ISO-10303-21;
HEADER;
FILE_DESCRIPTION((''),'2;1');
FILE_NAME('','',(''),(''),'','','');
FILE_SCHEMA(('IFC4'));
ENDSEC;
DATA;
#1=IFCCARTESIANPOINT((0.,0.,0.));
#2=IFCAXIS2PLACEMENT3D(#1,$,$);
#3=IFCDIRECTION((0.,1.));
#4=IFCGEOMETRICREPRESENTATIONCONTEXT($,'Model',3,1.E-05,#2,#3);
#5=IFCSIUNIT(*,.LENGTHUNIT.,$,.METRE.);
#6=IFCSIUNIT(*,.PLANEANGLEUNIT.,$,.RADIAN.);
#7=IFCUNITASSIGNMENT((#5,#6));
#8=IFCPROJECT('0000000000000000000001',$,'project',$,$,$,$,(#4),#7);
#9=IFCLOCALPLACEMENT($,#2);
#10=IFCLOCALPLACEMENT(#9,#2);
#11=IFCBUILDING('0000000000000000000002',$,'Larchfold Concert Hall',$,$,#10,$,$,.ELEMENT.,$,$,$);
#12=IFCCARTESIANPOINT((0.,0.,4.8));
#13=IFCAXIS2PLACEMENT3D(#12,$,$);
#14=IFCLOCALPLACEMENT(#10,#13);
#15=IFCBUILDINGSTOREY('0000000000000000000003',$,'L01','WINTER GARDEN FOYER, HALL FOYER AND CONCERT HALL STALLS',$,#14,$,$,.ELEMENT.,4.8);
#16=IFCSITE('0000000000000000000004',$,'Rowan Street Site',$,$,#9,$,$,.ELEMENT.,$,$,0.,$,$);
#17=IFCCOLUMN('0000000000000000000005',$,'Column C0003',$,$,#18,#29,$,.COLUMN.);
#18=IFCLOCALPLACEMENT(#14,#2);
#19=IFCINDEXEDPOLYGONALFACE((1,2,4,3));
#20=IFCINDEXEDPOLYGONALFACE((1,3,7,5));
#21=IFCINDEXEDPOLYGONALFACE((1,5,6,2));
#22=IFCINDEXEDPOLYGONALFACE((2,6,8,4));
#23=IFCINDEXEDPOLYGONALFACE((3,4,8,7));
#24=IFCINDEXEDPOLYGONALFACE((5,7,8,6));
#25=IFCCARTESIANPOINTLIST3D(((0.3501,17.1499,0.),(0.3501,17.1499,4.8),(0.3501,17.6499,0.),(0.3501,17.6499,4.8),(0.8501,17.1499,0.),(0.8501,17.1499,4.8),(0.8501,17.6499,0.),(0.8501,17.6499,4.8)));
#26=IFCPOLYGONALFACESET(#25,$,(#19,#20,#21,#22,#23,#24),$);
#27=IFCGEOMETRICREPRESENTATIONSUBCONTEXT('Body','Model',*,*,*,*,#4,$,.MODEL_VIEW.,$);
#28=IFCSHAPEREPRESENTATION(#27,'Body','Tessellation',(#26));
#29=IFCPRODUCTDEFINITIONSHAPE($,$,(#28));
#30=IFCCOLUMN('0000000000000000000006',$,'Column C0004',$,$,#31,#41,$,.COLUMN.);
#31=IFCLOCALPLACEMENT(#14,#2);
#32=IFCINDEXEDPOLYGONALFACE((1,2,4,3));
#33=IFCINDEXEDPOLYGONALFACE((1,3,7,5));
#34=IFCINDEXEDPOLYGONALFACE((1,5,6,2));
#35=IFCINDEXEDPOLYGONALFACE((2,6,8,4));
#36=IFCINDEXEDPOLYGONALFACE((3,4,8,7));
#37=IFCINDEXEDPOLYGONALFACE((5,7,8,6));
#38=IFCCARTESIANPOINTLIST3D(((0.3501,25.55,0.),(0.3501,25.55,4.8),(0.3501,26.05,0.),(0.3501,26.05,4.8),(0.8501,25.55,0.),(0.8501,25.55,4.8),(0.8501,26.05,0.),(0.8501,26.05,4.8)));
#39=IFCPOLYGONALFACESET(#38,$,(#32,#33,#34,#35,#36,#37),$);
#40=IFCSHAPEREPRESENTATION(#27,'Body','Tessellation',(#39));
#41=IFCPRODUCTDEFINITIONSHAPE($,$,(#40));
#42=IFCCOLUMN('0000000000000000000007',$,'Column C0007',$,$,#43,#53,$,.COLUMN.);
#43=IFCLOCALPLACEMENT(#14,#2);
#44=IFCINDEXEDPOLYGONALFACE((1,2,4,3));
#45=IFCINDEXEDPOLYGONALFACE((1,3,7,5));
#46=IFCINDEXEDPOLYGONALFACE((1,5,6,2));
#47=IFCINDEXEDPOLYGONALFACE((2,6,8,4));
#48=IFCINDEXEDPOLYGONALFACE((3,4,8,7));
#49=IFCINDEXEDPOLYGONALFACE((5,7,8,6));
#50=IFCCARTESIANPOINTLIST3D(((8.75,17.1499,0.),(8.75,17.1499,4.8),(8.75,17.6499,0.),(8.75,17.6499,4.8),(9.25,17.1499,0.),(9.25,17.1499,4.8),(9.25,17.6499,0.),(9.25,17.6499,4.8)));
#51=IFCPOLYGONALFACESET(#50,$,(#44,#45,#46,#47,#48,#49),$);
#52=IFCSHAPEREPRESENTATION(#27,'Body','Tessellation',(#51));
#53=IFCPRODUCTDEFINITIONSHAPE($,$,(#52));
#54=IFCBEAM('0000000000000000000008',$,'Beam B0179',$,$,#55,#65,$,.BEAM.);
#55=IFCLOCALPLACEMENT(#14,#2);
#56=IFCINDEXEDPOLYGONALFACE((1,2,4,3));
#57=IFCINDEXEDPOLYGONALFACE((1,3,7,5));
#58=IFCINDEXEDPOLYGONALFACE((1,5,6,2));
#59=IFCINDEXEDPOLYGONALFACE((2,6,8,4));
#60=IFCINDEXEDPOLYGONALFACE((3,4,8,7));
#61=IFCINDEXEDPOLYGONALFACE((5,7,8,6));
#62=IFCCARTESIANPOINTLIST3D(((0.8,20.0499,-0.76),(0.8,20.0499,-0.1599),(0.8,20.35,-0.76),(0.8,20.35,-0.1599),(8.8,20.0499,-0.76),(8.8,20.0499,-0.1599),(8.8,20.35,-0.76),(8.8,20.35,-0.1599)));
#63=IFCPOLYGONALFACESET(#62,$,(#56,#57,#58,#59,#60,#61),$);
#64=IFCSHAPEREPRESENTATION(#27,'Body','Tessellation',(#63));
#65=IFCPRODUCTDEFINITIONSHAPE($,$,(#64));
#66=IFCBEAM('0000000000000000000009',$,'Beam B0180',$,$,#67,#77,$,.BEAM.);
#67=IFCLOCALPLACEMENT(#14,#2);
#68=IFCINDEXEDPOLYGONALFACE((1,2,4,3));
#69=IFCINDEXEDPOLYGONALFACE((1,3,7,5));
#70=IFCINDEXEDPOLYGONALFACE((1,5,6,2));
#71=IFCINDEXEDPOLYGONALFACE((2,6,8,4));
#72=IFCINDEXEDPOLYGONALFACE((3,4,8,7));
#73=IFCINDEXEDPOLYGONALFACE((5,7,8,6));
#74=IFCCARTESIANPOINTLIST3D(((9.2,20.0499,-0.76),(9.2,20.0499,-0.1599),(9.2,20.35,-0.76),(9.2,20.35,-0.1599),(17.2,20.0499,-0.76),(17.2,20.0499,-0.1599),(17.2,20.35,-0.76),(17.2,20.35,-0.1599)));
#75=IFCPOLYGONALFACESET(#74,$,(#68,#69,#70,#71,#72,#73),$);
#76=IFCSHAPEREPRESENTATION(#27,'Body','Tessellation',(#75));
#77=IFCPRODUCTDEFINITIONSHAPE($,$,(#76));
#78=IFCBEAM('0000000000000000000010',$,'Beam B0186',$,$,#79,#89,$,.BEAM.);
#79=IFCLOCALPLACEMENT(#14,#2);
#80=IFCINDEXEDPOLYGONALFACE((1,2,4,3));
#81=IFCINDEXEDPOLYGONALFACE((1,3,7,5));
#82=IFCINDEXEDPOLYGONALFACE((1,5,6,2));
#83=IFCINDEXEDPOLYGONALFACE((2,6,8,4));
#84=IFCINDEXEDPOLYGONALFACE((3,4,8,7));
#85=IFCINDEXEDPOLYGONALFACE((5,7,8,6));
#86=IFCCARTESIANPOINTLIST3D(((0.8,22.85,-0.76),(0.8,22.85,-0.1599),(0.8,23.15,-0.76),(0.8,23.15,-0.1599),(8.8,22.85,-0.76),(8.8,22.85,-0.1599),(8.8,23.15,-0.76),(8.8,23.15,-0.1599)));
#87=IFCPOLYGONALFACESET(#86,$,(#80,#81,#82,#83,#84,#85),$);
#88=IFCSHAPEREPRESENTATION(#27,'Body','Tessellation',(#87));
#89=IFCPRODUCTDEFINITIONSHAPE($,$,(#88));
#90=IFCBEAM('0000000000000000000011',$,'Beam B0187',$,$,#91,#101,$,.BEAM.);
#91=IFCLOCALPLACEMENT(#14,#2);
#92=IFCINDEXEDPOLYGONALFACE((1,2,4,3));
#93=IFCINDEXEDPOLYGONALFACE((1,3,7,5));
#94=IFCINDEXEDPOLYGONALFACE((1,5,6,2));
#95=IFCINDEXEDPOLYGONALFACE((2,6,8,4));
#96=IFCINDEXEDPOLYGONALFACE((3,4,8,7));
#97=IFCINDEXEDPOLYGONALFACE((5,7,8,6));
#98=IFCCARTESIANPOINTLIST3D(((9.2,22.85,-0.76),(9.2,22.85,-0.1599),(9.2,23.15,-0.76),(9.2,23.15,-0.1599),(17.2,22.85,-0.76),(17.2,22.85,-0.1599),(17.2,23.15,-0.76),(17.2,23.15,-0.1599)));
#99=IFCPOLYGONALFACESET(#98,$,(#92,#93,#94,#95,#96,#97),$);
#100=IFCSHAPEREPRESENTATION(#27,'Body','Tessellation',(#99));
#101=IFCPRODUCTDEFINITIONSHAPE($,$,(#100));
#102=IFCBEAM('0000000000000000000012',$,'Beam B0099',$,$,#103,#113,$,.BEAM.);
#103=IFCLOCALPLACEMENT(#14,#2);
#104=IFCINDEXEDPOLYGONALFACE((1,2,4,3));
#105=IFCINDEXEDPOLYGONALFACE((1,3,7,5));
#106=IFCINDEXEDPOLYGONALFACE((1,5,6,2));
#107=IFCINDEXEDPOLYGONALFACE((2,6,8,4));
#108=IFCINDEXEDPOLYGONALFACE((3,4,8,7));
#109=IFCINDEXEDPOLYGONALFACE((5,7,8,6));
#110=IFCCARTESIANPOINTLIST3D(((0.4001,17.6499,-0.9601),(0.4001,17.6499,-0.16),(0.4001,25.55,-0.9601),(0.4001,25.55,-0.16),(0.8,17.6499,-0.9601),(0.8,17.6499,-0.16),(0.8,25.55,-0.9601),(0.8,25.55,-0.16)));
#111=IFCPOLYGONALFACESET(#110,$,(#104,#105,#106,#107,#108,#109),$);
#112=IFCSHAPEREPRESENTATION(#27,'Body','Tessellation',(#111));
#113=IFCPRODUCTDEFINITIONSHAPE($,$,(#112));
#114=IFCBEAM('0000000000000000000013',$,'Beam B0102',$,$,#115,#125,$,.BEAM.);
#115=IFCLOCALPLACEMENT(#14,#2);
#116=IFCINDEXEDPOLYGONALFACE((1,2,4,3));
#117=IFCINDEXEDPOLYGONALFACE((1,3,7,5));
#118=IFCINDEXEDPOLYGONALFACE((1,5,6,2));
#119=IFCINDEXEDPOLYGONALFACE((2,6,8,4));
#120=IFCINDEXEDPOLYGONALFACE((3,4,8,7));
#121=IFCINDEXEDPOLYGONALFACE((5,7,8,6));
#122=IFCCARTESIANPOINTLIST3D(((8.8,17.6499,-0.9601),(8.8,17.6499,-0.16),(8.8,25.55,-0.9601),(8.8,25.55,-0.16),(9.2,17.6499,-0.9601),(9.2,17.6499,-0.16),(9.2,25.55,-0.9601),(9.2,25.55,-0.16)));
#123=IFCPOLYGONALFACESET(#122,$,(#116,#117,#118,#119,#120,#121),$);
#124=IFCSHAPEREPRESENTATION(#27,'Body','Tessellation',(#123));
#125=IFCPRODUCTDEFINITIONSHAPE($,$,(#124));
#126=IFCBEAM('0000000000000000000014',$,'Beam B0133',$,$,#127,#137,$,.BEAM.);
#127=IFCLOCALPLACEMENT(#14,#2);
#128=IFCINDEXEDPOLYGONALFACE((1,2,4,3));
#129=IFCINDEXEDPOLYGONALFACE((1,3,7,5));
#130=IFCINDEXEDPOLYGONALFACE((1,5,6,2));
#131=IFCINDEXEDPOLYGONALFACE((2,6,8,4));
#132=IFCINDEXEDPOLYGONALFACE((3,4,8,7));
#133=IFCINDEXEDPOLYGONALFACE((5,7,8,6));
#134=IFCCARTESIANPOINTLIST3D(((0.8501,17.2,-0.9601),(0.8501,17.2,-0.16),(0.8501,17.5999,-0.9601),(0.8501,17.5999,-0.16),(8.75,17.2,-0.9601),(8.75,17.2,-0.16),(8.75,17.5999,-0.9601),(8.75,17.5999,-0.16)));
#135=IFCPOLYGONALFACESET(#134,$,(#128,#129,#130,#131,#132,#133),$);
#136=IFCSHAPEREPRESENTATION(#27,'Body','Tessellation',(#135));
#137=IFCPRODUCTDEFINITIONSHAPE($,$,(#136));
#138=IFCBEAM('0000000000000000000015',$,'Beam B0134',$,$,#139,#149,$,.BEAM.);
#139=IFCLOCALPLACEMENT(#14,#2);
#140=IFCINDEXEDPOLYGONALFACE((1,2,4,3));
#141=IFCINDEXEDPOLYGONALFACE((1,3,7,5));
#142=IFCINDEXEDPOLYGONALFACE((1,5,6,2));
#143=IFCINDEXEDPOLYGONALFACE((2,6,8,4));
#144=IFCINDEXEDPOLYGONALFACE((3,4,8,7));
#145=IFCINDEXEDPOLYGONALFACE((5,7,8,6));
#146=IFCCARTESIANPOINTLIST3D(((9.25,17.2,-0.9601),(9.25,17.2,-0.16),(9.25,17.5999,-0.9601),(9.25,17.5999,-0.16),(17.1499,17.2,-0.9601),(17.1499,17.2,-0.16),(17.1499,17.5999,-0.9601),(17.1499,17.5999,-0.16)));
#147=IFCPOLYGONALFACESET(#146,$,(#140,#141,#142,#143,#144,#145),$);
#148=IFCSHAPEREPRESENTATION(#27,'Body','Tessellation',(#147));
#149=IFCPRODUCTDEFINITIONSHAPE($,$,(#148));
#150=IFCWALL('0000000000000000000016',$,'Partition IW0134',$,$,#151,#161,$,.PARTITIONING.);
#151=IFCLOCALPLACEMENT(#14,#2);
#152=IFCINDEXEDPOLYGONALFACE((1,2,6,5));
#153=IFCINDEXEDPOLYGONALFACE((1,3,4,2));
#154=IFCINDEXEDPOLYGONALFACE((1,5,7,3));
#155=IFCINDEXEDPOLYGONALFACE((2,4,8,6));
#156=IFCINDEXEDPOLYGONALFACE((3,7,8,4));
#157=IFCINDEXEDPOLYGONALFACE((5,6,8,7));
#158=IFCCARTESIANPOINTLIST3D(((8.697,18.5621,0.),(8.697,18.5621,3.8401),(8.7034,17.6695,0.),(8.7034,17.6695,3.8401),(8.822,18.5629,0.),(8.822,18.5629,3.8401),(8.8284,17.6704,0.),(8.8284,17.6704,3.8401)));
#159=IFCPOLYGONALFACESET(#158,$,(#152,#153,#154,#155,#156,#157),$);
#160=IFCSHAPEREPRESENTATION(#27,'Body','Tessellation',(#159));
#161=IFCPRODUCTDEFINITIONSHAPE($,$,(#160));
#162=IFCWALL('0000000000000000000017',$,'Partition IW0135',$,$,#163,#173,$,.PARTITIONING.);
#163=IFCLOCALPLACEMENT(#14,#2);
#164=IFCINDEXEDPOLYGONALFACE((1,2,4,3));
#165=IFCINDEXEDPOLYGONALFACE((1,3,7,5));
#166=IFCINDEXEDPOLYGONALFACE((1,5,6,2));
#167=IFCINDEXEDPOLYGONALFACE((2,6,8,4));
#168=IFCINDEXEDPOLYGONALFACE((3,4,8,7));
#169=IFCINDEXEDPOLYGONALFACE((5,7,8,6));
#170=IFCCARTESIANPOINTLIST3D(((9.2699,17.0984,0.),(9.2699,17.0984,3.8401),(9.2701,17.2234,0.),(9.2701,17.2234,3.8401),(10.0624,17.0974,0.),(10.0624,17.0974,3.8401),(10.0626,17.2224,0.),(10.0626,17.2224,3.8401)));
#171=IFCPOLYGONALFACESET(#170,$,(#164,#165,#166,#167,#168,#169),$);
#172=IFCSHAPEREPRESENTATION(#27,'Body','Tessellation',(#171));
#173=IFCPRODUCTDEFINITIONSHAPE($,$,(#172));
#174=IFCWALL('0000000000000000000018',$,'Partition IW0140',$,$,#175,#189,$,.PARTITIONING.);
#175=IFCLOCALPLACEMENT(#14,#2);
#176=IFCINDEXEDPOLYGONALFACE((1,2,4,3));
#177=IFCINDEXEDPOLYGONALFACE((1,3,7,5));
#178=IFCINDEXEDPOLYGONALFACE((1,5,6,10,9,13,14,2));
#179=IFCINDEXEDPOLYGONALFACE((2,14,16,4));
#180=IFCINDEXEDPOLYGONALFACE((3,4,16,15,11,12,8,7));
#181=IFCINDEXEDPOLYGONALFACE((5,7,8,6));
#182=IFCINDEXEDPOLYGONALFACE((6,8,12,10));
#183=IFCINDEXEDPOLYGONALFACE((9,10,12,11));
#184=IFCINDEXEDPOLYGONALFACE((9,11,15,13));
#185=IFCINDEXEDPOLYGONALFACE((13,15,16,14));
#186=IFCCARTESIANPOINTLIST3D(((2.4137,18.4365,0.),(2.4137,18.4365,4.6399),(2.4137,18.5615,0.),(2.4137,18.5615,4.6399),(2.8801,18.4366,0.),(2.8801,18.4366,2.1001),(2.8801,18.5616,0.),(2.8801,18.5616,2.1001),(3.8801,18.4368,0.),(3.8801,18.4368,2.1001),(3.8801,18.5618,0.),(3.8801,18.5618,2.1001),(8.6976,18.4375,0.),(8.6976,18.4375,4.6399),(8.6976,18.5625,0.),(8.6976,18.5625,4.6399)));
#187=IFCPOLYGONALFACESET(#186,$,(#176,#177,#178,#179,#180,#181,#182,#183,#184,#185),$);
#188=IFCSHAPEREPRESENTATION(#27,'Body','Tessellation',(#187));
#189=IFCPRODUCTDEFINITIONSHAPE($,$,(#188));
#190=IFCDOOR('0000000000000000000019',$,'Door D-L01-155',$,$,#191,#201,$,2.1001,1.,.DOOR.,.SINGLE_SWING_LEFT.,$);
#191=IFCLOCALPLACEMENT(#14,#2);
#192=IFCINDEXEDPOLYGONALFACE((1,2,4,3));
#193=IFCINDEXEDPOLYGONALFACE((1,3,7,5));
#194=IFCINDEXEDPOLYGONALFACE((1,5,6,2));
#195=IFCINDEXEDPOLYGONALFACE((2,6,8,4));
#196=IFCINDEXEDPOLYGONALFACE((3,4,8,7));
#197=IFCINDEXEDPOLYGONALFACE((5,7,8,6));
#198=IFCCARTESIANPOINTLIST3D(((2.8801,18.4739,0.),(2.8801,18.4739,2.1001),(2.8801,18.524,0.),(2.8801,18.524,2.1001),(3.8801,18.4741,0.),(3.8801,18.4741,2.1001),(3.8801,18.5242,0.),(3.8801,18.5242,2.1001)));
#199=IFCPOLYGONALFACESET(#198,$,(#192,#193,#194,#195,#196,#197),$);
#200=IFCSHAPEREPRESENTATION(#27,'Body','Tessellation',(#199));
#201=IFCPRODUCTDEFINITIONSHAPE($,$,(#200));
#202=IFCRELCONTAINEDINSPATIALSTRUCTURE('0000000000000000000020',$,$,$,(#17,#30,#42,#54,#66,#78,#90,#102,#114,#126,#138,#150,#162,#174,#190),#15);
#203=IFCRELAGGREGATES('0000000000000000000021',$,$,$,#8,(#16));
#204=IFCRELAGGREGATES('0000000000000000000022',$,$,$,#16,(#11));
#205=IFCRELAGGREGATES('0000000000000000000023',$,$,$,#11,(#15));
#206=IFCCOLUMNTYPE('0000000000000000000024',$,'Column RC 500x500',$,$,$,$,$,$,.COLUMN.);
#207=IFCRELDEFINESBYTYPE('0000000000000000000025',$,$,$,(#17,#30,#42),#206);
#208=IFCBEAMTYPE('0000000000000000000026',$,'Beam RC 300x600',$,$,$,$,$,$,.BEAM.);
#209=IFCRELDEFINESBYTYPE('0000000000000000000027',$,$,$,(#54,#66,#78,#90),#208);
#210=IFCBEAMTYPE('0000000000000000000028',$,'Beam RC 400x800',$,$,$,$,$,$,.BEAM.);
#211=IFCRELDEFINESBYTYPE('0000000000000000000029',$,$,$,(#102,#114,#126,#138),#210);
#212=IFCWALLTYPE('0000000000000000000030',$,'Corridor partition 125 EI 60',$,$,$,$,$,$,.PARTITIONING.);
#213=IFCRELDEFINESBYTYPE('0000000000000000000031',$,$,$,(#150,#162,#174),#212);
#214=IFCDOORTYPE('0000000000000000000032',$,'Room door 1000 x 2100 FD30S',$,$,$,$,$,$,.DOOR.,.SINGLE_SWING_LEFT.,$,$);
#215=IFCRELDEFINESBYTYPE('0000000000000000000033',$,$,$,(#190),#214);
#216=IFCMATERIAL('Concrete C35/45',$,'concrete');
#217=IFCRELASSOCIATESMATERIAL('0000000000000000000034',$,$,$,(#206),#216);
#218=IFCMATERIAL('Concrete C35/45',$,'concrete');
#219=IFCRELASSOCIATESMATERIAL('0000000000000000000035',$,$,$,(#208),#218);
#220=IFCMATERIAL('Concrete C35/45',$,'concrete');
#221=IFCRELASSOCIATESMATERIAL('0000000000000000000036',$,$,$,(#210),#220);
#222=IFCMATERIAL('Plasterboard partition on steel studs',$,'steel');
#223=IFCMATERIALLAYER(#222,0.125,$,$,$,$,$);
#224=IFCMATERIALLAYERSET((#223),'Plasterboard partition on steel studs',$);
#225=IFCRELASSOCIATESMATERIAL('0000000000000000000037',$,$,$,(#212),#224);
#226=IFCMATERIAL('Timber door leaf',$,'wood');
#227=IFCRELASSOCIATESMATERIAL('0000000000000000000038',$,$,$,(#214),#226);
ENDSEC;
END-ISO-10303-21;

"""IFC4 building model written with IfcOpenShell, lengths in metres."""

from ifc_helpers import new_model, si_unit, direction, frame, frame_2d, origin, origin_2d, place, context, subcontext, project, spatial, rectangle, extrude, material, layer, layer_set, material_profile, profile_set, type_object, element, fill, save


model = new_model("IFC4")

# Units and contexts
model_context = context("Model", 3, precision=1e-05, world=origin(), true_north=direction((0.0, 1.0)))
body_context = subcontext(model_context, "Body", "Model", "MODEL_VIEW")
ifc_project = project(units=[si_unit("LENGTHUNIT", "METRE"), si_unit("PLANEANGLEUNIT", "RADIAN")], contexts=[model_context])

# Site, building, storey
site_placement = place(None, origin())
site = spatial("IfcSite", under=ifc_project, at=site_placement, Name="Rowan Street Site", CompositionType="ELEMENT", RefElevation=0.0)
building_placement = place(site_placement, origin())
building = spatial("IfcBuilding", under=site, at=building_placement, Name="Larchfold Concert Hall", CompositionType="ELEMENT")
storey_placement = place(building_placement, frame((0.0, 0.0, 4.8)))
storey = spatial("IfcBuildingStorey", under=building, at=storey_placement, Name="L01", Description="WINTER GARDEN FOYER, HALL FOYER AND CONCERT HALL STALLS", CompositionType="ELEMENT", Elevation=4.8)

# Columns
ifc_material_1 = material(Name="Concrete C35/45", Category="concrete")
ifc_material_profile_1 = material_profile(ifc_material_1, rectangle(XDim=0.5, YDim=0.5, at=origin_2d()))
ifc_profile_set_1 = profile_set([ifc_material_profile_1], Name="Concrete C35/45")
column_type = type_object("IfcColumnType", Name="Column RC 500x500", PredefinedType="COLUMN", material=ifc_profile_set_1)
for number, where, z_axis, x_axis, name in (
    (1, (0.6001, 17.3999, 0.0), (0.0, 0.0, 1.0), (1.0, 0.0, 0.0), "Column C0003"),
    (2, (0.6001, 25.8, 0.0), (0.0, 0.0, 1.0), (1.0, 0.0, 0.0), "Column C0004"),
    (3, (9.0, 17.3999, 0.0), (0.0, 0.0, 1.0), (1.0, 0.0, 0.0), "Column C0007"),
):
    element("IfcColumn", number, at=place(storey_placement, frame(where, z_axis=z_axis, x_axis=x_axis)), inside=storey, type_object=column_type, Name=name, PredefinedType="COLUMN", context=body_context, shape_type="SweptSolid", body=[
        extrude(rectangle(XDim=0.5, YDim=0.5, at=origin_2d()), origin(), (0.0, 0.0, 1.0), 4.8),
    ])

# Beams
ifc_material_2 = material(Name="Concrete C35/45", Category="concrete")
ifc_material_profile_2 = material_profile(ifc_material_2, rectangle(XDim=0.3, YDim=0.6001, at=origin_2d()))
ifc_profile_set_2 = profile_set([ifc_material_profile_2], Name="Concrete C35/45")
beam_type_1 = type_object("IfcBeamType", Name="Beam RC 300x600", PredefinedType="BEAM", material=ifc_profile_set_2)
for number, where, z_axis, x_axis, name in (
    (4, (0.8, 20.2, -0.46), (1.0, 0.0, 0.0), (0.0, 1.0, 0.0), "Beam B0179"),
    (5, (9.2, 20.2, -0.46), (1.0, 0.0, 0.0), (0.0, 1.0, 0.0), "Beam B0180"),
    (6, (0.8, 23.0, -0.46), (1.0, 0.0, 0.0), (0.0, 1.0, 0.0), "Beam B0186"),
    (7, (9.2, 23.0, -0.46), (1.0, 0.0, 0.0), (0.0, 1.0, 0.0), "Beam B0187"),
):
    element("IfcBeam", number, at=place(storey_placement, frame(where, z_axis=z_axis, x_axis=x_axis)), inside=storey, type_object=beam_type_1, Name=name, PredefinedType="BEAM", context=body_context, shape_type="SweptSolid", body=[
        extrude(rectangle(XDim=0.3, YDim=0.6001, at=origin_2d()), origin(), (0.0, 0.0, 1.0), 8.0),
    ])
ifc_material_3 = material(Name="Concrete C35/45", Category="concrete")
ifc_material_profile_3 = material_profile(ifc_material_3, rectangle(XDim=0.3999, YDim=0.8, at=origin_2d()))
ifc_profile_set_3 = profile_set([ifc_material_profile_3], Name="Concrete C35/45")
beam_type_2 = type_object("IfcBeamType", Name="Beam RC 400x800", PredefinedType="BEAM", material=ifc_profile_set_3)
for number, where, z_axis, x_axis, name in (
    (8, (0.6001, 17.6499, -0.5601), (0.0, 1.0, 0.0), (-1.0, 0.0, 0.0), "Beam B0099"),
    (9, (9.0, 17.6499, -0.5601), (0.0, 1.0, 0.0), (-1.0, 0.0, 0.0), "Beam B0102"),
):
    element("IfcBeam", number, at=place(storey_placement, frame(where, z_axis=z_axis, x_axis=x_axis)), inside=storey, type_object=beam_type_2, Name=name, PredefinedType="BEAM", context=body_context, shape_type="SweptSolid", body=[
        extrude(rectangle(XDim=0.3999, YDim=0.8, at=origin_2d()), origin(), (0.0, 0.0, 1.0), 7.9001),
    ])
for number, where, z_axis, x_axis, name in (
    (10, (0.8501, 17.3999, -0.5601), (1.0, 0.0, 0.0), (0.0, 1.0, 0.0), "Beam B0133"),
    (11, (9.25, 17.3999, -0.5601), (1.0, 0.0, 0.0), (0.0, 1.0, 0.0), "Beam B0134"),
):
    element("IfcBeam", number, at=place(storey_placement, frame(where, z_axis=z_axis, x_axis=x_axis)), inside=storey, type_object=beam_type_2, Name=name, PredefinedType="BEAM", context=body_context, shape_type="SweptSolid", body=[
        extrude(rectangle(XDim=0.3999, YDim=0.8, at=origin_2d()), origin(), (0.0, 0.0, 1.0), 7.8999),
    ])

# Walls
ifc_material_4 = material(Name="Plasterboard partition on steel studs", Category="steel")
ifc_layer_1 = layer(ifc_material_4, 0.125)
ifc_layer_set_1 = layer_set([ifc_layer_1], Name="Plasterboard partition on steel studs")
wall_type_1 = type_object("IfcWallType", Name="Corridor partition 125 EI 60", PredefinedType="PARTITIONING", material=ifc_layer_set_1)
wall_1_placement = place(storey_placement, frame((8.7595, 18.5625, 0.0), z_axis=(0.0, 0.0, 1.0), x_axis=(0.007111, -0.999975, 0.0)))
element("IfcWall", 12, at=wall_1_placement, inside=storey, type_object=wall_type_1, Name="Partition IW0134", PredefinedType="PARTITIONING", context=body_context, shape_type="SweptSolid", body=[
    extrude(rectangle(XDim=0.8926, YDim=0.125, at=frame_2d((0.4463, 0.0))), origin(), (0.0, 0.0, 1.0), 3.8401),
])
wall_2_placement = place(storey_placement, frame((9.27, 17.1609, 0.0), z_axis=(0.0, 0.0, 1.0), x_axis=(0.999999, -0.001232, 0.0)))
element("IfcWall", 13, at=wall_2_placement, inside=storey, type_object=wall_type_1, Name="Partition IW0135", PredefinedType="PARTITIONING", context=body_context, shape_type="SweptSolid", body=[
    extrude(rectangle(XDim=0.7925, YDim=0.125, at=frame_2d((0.3962, 0.0))), origin(), (0.0, 0.0, 1.0), 3.8401),
])

# Wall, opening, door
wall_3_placement = place(storey_placement, frame((2.4136, 18.499, 0.0), z_axis=(0.0, 0.0, 1.0), x_axis=(1.0, 0.000155, 0.0)))
wall_3 = element("IfcWall", 14, at=wall_3_placement, inside=storey, type_object=wall_type_1, Name="Partition IW0140", PredefinedType="PARTITIONING", context=body_context, shape_type="SweptSolid", body=[
    extrude(rectangle(XDim=6.2839, YDim=0.125, at=frame_2d((3.1421, 0.0))), origin(), (0.0, 0.0, 1.0), 4.6399),
])
opening_1_placement = place(wall_3_placement, frame((0.4666, 0.0, 0.0)))
opening_1 = element("IfcOpeningElement", 15, at=opening_1_placement, cuts=wall_3, PredefinedType="OPENING", context=body_context, shape_type="SweptSolid", body=[
    extrude(rectangle(XDim=1.0, YDim=2.1001, at=frame_2d((0.5, 1.05))), frame((0.0, 0.0725, 0.0), z_axis=(0.0, -1.0, 0.0), x_axis=(1.0, 0.0, 0.0)), (0.0, 0.0, 1.0), 0.145),
])
ifc_material_5 = material(Name="Timber door leaf", Category="wood")
door_type = type_object("IfcDoorType", Name="Room door 1000 x 2100 FD30S", OperationType="SINGLE_SWING_LEFT", PredefinedType="DOOR", material=ifc_material_5)
door_placement = place(opening_1_placement, origin())
door = element("IfcDoor", 16, at=door_placement, inside=storey, type_object=door_type, Name="Door D-L01-155", OperationType="SINGLE_SWING_LEFT", OverallHeight=2.1001, OverallWidth=1.0, PredefinedType="DOOR", context=body_context, shape_type="SweptSolid", body=[
    extrude(rectangle(XDim=1.0, YDim=2.1001, at=frame_2d((0.5, 1.05))), frame((0.0, 0.0249, 0.0), z_axis=(0.0, -1.0, 0.0), x_axis=(1.0, 0.0, 0.0)), (0.0, 0.0, 1.0), 0.05),
])
fill(opening_1, door)

save(model, "model.ifc")
